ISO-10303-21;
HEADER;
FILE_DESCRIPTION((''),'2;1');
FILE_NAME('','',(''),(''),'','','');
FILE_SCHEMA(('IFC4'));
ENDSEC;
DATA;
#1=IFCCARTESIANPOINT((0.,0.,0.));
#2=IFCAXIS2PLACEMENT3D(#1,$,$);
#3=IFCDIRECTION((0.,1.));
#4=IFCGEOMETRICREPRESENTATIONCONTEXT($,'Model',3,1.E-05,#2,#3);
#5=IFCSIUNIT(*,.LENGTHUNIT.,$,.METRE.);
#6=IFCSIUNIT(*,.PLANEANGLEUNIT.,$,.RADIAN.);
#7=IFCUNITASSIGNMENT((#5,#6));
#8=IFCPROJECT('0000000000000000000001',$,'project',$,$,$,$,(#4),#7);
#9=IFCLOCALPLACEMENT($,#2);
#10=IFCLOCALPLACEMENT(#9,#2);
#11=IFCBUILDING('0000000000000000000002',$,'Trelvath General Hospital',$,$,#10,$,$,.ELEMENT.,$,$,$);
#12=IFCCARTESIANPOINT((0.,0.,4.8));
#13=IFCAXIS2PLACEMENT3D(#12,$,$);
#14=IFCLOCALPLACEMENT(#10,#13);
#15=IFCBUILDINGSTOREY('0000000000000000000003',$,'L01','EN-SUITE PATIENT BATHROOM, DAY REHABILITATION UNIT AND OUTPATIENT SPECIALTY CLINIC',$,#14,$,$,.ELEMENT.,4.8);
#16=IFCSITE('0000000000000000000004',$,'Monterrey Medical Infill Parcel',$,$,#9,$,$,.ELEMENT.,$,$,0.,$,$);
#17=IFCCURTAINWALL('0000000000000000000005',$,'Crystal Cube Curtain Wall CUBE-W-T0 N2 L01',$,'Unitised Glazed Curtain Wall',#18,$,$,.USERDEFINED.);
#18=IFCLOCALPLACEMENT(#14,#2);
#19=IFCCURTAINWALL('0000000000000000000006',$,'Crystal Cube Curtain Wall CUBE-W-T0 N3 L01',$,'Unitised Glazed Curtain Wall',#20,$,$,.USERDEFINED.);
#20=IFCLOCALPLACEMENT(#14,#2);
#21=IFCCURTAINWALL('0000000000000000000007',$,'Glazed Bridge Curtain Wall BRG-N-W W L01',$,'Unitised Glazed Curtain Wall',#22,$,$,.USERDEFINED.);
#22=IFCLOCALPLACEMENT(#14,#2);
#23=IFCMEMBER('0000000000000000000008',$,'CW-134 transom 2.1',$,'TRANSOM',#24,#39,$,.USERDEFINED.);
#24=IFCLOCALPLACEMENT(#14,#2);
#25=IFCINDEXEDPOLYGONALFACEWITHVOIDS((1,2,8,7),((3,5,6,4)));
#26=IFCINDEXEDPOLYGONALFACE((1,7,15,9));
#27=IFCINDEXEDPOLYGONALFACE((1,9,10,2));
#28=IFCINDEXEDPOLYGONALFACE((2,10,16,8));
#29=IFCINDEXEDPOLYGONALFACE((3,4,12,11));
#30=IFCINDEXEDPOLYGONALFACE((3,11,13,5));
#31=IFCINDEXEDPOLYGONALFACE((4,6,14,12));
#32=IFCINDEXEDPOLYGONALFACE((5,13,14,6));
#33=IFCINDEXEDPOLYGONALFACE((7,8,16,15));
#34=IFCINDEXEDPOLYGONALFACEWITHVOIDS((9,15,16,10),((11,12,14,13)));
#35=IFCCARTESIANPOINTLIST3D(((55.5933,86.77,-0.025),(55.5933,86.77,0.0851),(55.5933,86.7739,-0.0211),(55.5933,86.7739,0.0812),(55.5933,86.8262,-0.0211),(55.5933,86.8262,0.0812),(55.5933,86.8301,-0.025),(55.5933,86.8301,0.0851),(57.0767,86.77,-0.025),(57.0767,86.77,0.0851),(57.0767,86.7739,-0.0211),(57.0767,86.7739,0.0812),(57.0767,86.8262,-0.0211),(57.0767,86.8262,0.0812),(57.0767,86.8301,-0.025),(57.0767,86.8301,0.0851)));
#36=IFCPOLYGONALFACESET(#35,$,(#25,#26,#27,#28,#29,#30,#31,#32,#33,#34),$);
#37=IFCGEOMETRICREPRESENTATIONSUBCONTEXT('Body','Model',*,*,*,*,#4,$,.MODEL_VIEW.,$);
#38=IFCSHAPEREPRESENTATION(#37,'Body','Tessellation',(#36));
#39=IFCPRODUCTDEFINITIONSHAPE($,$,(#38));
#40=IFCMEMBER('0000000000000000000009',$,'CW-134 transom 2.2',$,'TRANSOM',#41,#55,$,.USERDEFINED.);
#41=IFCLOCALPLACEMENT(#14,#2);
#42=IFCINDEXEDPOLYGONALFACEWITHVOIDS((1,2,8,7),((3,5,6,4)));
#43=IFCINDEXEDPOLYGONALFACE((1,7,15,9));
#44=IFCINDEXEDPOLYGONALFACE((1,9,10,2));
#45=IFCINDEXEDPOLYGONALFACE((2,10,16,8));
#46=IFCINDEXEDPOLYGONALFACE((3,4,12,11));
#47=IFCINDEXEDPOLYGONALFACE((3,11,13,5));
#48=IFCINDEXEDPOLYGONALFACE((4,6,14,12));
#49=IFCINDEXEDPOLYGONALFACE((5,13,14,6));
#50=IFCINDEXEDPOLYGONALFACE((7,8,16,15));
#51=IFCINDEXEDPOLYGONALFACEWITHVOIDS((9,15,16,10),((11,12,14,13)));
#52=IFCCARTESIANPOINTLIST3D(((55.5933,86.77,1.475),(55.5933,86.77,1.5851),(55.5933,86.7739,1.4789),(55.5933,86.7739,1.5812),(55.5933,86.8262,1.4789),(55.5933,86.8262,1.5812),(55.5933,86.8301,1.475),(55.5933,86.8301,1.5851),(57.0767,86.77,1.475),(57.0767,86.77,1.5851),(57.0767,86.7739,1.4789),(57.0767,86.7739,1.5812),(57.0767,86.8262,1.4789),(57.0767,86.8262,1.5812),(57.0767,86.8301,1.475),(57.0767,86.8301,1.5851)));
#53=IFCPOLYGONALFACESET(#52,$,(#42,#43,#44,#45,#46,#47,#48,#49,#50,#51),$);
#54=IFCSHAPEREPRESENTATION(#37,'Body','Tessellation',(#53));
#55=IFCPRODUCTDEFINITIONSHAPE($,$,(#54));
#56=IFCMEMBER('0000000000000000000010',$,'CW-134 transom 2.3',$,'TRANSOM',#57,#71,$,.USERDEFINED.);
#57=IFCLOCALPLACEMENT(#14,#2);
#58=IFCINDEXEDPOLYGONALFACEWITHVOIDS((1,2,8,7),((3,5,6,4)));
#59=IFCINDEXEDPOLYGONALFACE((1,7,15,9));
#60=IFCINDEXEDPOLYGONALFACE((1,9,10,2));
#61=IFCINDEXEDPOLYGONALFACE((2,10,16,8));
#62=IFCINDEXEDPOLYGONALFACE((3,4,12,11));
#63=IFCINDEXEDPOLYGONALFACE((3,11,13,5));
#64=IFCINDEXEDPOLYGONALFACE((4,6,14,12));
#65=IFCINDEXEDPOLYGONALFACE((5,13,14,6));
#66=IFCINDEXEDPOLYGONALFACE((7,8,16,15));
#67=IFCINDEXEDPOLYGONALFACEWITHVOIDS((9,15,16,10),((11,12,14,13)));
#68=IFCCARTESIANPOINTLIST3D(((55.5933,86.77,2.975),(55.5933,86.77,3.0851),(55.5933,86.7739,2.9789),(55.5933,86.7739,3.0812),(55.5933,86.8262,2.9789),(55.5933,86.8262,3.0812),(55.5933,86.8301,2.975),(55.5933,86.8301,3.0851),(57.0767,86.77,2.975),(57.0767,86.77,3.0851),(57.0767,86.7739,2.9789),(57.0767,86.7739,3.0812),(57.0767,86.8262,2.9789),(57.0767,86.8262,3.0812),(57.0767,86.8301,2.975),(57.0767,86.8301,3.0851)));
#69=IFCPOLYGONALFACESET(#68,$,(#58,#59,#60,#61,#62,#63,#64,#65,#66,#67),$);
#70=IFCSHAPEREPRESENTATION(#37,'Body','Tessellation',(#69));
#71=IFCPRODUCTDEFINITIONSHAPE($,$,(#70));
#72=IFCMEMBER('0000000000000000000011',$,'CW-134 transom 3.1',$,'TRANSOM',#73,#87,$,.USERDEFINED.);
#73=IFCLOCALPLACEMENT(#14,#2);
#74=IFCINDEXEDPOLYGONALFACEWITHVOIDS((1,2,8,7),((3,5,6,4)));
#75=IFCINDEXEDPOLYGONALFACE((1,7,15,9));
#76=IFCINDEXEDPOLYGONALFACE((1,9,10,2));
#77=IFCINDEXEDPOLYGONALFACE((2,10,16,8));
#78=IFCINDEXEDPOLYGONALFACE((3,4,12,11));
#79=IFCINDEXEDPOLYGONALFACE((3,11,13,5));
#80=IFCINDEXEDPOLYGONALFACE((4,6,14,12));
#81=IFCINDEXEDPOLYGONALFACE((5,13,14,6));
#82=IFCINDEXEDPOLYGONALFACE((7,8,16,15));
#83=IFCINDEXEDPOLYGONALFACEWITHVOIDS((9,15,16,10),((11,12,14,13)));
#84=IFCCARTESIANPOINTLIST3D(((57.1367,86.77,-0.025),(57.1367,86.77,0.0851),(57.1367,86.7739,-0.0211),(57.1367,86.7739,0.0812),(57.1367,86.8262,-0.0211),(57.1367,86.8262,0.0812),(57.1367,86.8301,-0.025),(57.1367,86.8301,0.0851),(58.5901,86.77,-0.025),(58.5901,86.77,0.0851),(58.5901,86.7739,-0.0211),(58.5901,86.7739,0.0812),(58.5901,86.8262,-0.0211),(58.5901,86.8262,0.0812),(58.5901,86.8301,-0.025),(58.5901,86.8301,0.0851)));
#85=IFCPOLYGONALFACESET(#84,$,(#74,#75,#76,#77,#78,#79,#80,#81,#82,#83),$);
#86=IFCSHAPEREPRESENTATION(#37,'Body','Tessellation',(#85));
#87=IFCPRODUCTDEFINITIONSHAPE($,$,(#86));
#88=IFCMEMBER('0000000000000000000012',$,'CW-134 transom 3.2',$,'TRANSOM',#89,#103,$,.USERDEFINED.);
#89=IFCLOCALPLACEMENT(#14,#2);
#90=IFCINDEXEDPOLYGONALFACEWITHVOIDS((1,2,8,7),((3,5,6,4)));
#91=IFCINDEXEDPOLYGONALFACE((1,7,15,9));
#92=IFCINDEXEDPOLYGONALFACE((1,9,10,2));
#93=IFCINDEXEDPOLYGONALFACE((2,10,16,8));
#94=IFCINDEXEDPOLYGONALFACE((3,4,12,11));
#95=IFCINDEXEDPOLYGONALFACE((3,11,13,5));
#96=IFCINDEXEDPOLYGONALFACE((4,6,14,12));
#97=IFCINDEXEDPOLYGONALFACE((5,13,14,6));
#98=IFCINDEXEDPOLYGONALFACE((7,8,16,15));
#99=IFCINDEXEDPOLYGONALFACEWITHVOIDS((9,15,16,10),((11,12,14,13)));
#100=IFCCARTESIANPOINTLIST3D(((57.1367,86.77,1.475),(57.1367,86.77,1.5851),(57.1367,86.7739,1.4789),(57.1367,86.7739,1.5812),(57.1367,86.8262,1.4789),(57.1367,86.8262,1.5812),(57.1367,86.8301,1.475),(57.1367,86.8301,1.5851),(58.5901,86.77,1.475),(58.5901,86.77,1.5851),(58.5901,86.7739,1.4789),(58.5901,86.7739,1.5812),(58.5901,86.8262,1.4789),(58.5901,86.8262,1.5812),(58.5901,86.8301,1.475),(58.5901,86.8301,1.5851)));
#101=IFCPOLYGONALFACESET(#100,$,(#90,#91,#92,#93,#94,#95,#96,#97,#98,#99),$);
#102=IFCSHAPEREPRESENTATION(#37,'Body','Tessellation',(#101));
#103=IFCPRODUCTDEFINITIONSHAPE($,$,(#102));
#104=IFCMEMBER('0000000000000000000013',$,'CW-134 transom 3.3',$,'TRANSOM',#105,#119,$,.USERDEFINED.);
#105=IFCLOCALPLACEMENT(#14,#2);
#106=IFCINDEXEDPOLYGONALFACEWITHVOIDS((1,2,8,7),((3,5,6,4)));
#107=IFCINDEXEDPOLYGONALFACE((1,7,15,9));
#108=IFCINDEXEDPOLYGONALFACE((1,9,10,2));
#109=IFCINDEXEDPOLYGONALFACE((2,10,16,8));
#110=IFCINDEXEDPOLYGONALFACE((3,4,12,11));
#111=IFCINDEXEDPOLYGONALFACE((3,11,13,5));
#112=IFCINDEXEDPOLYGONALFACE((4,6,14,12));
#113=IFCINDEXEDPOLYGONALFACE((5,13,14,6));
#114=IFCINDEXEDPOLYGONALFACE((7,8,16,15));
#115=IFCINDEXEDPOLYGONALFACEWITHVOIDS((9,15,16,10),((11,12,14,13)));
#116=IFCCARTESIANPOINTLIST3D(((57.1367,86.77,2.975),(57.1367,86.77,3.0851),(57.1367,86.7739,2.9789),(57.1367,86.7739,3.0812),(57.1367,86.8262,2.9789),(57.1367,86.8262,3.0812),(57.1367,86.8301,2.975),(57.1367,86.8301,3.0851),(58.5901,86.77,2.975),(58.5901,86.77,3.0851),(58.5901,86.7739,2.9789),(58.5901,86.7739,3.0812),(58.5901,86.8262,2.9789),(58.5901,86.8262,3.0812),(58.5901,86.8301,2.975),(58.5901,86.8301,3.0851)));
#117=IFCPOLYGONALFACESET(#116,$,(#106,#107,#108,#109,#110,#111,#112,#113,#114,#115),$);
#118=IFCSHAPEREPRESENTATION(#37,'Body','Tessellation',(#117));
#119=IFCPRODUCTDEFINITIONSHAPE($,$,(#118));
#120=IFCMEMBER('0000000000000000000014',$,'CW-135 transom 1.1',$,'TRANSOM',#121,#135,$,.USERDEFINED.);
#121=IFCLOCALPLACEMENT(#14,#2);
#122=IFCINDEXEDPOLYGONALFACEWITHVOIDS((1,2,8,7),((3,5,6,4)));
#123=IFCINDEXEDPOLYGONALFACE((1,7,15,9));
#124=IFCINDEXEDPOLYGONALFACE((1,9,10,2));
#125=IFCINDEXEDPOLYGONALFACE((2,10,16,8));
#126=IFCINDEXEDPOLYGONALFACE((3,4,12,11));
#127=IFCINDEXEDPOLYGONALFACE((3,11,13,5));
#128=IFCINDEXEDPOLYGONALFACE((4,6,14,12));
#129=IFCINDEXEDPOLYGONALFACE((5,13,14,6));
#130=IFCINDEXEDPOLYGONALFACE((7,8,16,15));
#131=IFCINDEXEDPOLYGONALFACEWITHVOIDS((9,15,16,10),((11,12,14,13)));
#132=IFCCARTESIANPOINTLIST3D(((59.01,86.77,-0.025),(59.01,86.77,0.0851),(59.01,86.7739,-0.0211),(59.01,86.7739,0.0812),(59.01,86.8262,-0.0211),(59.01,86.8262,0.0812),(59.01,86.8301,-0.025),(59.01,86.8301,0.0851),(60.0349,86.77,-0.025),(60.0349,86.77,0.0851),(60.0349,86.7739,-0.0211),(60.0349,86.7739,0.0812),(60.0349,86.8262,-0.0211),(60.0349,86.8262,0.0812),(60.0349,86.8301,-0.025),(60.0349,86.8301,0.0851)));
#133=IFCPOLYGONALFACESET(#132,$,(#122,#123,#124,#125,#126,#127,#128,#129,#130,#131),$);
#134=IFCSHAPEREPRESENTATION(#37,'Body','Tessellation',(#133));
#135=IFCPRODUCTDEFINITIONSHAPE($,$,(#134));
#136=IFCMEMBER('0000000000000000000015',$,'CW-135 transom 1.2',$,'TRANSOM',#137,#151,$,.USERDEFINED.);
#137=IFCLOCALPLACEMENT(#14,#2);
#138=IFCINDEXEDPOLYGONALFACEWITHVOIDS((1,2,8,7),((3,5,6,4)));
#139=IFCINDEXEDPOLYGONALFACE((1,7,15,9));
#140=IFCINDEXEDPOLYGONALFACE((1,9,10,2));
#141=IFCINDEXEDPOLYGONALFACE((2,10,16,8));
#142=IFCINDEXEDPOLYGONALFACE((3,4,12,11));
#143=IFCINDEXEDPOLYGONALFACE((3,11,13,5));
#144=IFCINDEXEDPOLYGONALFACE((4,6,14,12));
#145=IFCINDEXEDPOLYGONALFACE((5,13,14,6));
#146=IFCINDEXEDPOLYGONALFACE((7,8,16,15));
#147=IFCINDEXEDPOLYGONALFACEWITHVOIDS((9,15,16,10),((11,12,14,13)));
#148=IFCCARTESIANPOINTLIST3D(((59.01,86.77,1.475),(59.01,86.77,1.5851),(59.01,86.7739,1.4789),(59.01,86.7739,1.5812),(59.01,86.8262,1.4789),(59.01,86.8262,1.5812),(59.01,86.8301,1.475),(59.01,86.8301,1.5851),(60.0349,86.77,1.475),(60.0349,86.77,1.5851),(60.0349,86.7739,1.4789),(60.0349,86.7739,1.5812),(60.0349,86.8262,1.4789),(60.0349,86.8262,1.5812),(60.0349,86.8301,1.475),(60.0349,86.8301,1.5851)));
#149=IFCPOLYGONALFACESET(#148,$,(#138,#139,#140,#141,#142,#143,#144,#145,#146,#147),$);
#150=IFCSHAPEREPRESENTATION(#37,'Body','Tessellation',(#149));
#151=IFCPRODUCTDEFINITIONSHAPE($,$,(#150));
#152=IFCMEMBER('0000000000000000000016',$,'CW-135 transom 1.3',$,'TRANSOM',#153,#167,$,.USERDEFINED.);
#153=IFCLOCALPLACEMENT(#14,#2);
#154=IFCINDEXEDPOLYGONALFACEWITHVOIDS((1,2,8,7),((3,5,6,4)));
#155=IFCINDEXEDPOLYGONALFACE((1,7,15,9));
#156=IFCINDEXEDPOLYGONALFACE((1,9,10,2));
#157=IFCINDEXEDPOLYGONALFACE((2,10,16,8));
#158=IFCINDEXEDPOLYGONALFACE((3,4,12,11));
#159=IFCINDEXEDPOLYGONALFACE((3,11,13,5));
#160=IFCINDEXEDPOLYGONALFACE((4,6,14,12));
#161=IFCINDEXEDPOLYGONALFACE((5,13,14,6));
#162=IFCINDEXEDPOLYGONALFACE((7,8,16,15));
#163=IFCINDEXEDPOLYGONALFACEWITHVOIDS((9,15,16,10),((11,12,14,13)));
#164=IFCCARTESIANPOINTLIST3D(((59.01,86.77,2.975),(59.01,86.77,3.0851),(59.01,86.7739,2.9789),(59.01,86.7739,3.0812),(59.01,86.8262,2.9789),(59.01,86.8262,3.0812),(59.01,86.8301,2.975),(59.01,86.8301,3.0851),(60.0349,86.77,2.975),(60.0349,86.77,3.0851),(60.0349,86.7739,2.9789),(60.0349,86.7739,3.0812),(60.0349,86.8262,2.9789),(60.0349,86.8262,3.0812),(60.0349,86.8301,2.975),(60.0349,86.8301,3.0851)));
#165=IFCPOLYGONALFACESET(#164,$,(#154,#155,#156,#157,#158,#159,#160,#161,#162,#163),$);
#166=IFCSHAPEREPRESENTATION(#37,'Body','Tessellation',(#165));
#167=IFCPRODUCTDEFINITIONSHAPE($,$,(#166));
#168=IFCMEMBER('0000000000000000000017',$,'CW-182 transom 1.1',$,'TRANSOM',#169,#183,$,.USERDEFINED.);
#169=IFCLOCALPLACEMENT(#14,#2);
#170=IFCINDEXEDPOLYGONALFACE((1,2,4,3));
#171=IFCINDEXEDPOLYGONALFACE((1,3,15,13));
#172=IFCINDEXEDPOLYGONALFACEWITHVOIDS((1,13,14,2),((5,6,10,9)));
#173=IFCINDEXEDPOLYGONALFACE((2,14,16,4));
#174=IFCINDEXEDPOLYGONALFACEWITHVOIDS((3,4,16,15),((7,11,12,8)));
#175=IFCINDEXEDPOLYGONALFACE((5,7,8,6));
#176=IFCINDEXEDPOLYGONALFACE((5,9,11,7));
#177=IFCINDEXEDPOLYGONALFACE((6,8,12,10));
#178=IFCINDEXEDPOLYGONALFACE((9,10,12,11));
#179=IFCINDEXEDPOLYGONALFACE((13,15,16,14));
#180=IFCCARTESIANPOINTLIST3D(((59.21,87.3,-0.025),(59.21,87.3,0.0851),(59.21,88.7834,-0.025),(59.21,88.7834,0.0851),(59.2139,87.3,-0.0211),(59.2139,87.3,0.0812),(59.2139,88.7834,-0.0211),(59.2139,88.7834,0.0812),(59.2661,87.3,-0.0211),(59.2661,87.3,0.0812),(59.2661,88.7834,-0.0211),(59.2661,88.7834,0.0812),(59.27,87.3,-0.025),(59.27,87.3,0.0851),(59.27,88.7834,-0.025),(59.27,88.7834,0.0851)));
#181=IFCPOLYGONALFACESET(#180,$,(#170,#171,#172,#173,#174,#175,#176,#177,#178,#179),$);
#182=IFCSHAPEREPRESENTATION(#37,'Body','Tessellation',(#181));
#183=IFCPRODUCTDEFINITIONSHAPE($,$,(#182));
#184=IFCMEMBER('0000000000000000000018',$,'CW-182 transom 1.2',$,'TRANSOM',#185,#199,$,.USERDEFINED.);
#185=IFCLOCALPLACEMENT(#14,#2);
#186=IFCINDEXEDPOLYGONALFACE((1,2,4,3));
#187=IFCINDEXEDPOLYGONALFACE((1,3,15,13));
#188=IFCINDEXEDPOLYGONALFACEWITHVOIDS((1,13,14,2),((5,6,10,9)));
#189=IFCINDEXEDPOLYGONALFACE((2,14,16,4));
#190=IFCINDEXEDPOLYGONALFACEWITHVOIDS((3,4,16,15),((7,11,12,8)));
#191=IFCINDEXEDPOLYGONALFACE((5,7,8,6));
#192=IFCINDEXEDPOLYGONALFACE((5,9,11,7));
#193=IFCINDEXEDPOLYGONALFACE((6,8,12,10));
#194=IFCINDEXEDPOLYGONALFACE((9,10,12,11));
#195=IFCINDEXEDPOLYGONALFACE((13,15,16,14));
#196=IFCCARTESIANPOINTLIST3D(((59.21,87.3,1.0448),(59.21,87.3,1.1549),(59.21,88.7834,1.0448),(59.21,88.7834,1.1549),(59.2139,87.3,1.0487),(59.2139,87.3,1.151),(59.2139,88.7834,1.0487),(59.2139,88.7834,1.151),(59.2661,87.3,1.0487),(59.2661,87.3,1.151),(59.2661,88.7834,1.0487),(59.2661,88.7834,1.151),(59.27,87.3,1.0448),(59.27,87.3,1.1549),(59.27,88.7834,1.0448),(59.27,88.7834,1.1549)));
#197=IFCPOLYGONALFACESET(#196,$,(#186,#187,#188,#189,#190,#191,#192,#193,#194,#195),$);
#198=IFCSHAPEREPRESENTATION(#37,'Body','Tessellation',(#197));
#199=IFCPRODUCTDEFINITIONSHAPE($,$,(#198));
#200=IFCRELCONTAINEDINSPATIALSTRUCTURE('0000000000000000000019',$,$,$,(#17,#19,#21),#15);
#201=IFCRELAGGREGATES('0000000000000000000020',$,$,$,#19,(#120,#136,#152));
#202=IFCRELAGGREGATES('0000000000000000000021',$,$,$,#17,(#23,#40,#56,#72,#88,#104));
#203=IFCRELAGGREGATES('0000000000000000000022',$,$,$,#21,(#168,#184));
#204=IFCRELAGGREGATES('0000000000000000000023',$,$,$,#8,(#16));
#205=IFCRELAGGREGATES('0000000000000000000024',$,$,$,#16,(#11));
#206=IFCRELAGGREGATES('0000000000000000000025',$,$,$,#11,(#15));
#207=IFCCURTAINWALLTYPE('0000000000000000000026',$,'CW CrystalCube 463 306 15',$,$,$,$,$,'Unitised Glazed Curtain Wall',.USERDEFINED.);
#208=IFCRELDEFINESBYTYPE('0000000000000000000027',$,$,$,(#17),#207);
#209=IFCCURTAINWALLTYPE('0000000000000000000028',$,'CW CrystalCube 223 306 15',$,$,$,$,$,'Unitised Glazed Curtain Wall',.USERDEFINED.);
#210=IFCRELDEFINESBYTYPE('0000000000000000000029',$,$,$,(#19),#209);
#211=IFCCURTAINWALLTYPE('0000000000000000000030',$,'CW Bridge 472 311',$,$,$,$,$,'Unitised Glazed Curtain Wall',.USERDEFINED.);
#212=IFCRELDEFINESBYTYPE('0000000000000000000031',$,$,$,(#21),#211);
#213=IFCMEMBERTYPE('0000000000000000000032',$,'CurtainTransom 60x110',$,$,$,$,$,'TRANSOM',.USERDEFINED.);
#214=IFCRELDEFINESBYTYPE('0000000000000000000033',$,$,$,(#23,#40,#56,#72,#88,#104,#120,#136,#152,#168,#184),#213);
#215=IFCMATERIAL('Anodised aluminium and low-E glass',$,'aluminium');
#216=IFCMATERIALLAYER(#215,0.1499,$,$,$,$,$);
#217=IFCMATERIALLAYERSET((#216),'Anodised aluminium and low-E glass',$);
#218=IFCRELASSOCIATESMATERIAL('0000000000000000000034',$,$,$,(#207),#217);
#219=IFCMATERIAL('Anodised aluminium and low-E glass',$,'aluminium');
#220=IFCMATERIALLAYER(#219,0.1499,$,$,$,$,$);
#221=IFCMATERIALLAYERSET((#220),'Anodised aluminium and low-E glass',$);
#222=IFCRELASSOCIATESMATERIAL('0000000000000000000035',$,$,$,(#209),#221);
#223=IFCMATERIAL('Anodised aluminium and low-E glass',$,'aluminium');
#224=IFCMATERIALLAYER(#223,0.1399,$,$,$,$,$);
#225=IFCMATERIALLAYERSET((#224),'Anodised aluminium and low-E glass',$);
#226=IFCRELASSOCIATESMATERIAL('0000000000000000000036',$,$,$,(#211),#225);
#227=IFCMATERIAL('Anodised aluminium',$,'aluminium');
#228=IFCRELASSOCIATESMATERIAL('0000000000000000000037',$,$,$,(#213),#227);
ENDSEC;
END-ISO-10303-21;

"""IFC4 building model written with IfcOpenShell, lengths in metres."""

from ifc_helpers import new_model, si_unit, direction, frame, origin, origin_2d, place, context, subcontext, project, spatial, hollow_rectangle, extrude, material, layer, layer_set, material_profile, profile_set, type_object, element, aggregate, save


model = new_model("IFC4")

# Units and contexts
model_context = context("Model", 3, precision=1e-05, world=origin(), true_north=direction((0.0, 1.0)))
body_context = subcontext(model_context, "Body", "Model", "MODEL_VIEW")
ifc_project = project(units=[si_unit("LENGTHUNIT", "METRE"), si_unit("PLANEANGLEUNIT", "RADIAN")], contexts=[model_context])

# Site, building, storey
site_placement = place(None, origin())
site = spatial("IfcSite", under=ifc_project, at=site_placement, Name="Monterrey Medical Infill Parcel", CompositionType="ELEMENT", RefElevation=0.0)
building_placement = place(site_placement, origin())
building = spatial("IfcBuilding", under=site, at=building_placement, Name="Trelvath General Hospital", CompositionType="ELEMENT")
storey_placement = place(building_placement, frame((0.0, 0.0, 4.8)))
storey = spatial("IfcBuildingStorey", under=building, at=storey_placement, Name="L01", Description="EN-SUITE PATIENT BATHROOM, DAY REHABILITATION UNIT AND OUTPATIENT SPECIALTY CLINIC", CompositionType="ELEMENT", Elevation=4.8)

# Curtain wall
ifc_material_1 = material(Name="Anodised aluminium and low-E glass", Category="aluminium")
ifc_layer_1 = layer(ifc_material_1, 0.1499)
ifc_layer_set_1 = layer_set([ifc_layer_1], Name="Anodised aluminium and low-E glass")
curtain_wall_type_1 = type_object("IfcCurtainWallType", Name="CW CrystalCube 463 306 15", ElementType="Unitised Glazed Curtain Wall", PredefinedType="USERDEFINED", material=ifc_layer_set_1)
curtain_wall_1_placement = place(storey_placement, origin())
curtain_wall_1 = element("IfcCurtainWall", 1, at=curtain_wall_1_placement, inside=storey, type_object=curtain_wall_type_1, Name="Crystal Cube Curtain Wall CUBE-W-T0 N2 L01", ObjectType="Unitised Glazed Curtain Wall", PredefinedType="USERDEFINED")

# Curtain wall
ifc_material_2 = material(Name="Anodised aluminium and low-E glass", Category="aluminium")
ifc_layer_2 = layer(ifc_material_2, 0.1499)
ifc_layer_set_2 = layer_set([ifc_layer_2], Name="Anodised aluminium and low-E glass")
curtain_wall_type_2 = type_object("IfcCurtainWallType", Name="CW CrystalCube 223 306 15", ElementType="Unitised Glazed Curtain Wall", PredefinedType="USERDEFINED", material=ifc_layer_set_2)
curtain_wall_2_placement = place(storey_placement, origin())
curtain_wall_2 = element("IfcCurtainWall", 2, at=curtain_wall_2_placement, inside=storey, type_object=curtain_wall_type_2, Name="Crystal Cube Curtain Wall CUBE-W-T0 N3 L01", ObjectType="Unitised Glazed Curtain Wall", PredefinedType="USERDEFINED")

# Curtain wall
ifc_material_3 = material(Name="Anodised aluminium and low-E glass", Category="aluminium")
ifc_layer_3 = layer(ifc_material_3, 0.1399)
ifc_layer_set_3 = layer_set([ifc_layer_3], Name="Anodised aluminium and low-E glass")
curtain_wall_type_3 = type_object("IfcCurtainWallType", Name="CW Bridge 472 311", ElementType="Unitised Glazed Curtain Wall", PredefinedType="USERDEFINED", material=ifc_layer_set_3)
curtain_wall_3_placement = place(storey_placement, origin())
curtain_wall_3 = element("IfcCurtainWall", 3, at=curtain_wall_3_placement, inside=storey, type_object=curtain_wall_type_3, Name="Glazed Bridge Curtain Wall BRG-N-W W L01", ObjectType="Unitised Glazed Curtain Wall", PredefinedType="USERDEFINED")

# Members
ifc_material_4 = material(Name="Anodised aluminium", Category="aluminium")
ifc_material_profile_1 = material_profile(ifc_material_4, hollow_rectangle(XDim=0.0601, YDim=0.1101, WallThickness=0.0039, at=origin_2d()), Name="RHS60x110x4")
ifc_profile_set_1 = profile_set([ifc_material_profile_1], Name="Anodised aluminium")
member_type_1 = type_object("IfcMemberType", Name="CurtainTransom 60x110", ElementType="TRANSOM", PredefinedType="USERDEFINED", material=ifc_profile_set_1)
member_1_placement = place(storey_placement, frame((55.5933, 86.8, 0.03), z_axis=(1.0, 0.0, 0.0), x_axis=(0.0, 1.0, 0.0)))
member_1 = element("IfcMember", 4, at=member_1_placement, type_object=member_type_1, Name="CW-134 transom 2.1", ObjectType="TRANSOM", PredefinedType="USERDEFINED", context=body_context, shape_type="SweptSolid", body=[
    extrude(hollow_rectangle(XDim=0.0601, YDim=0.1101, WallThickness=0.0039, at=origin_2d()), origin(), (0.0, 0.0, 1.0), 1.4834),
])
member_2_placement = place(storey_placement, frame((55.5933, 86.8, 1.53), z_axis=(1.0, 0.0, 0.0), x_axis=(0.0, 1.0, 0.0)))
member_2 = element("IfcMember", 5, at=member_2_placement, type_object=member_type_1, Name="CW-134 transom 2.2", ObjectType="TRANSOM", PredefinedType="USERDEFINED", context=body_context, shape_type="SweptSolid", body=[
    extrude(hollow_rectangle(XDim=0.0601, YDim=0.1101, WallThickness=0.0039, at=origin_2d()), origin(), (0.0, 0.0, 1.0), 1.4834),
])
member_3_placement = place(storey_placement, frame((55.5933, 86.8, 3.03), z_axis=(1.0, 0.0, 0.0), x_axis=(0.0, 1.0, 0.0)))
member_3 = element("IfcMember", 6, at=member_3_placement, type_object=member_type_1, Name="CW-134 transom 2.3", ObjectType="TRANSOM", PredefinedType="USERDEFINED", context=body_context, shape_type="SweptSolid", body=[
    extrude(hollow_rectangle(XDim=0.0601, YDim=0.1101, WallThickness=0.0039, at=origin_2d()), origin(), (0.0, 0.0, 1.0), 1.4834),
])
member_4_placement = place(storey_placement, frame((57.1367, 86.8, 0.03), z_axis=(1.0, 0.0, 0.0), x_axis=(0.0, 1.0, 0.0)))
member_4 = element("IfcMember", 7, at=member_4_placement, type_object=member_type_1, Name="CW-134 transom 3.1", ObjectType="TRANSOM", PredefinedType="USERDEFINED", context=body_context, shape_type="SweptSolid", body=[
    extrude(hollow_rectangle(XDim=0.0601, YDim=0.1101, WallThickness=0.0039, at=origin_2d()), origin(), (0.0, 0.0, 1.0), 1.4534),
])
member_5_placement = place(storey_placement, frame((57.1367, 86.8, 1.53), z_axis=(1.0, 0.0, 0.0), x_axis=(0.0, 1.0, 0.0)))
member_5 = element("IfcMember", 8, at=member_5_placement, type_object=member_type_1, Name="CW-134 transom 3.2", ObjectType="TRANSOM", PredefinedType="USERDEFINED", context=body_context, shape_type="SweptSolid", body=[
    extrude(hollow_rectangle(XDim=0.0601, YDim=0.1101, WallThickness=0.0039, at=origin_2d()), origin(), (0.0, 0.0, 1.0), 1.4534),
])
member_6_placement = place(storey_placement, frame((57.1367, 86.8, 3.03), z_axis=(1.0, 0.0, 0.0), x_axis=(0.0, 1.0, 0.0)))
member_6 = element("IfcMember", 9, at=member_6_placement, type_object=member_type_1, Name="CW-134 transom 3.3", ObjectType="TRANSOM", PredefinedType="USERDEFINED", context=body_context, shape_type="SweptSolid", body=[
    extrude(hollow_rectangle(XDim=0.0601, YDim=0.1101, WallThickness=0.0039, at=origin_2d()), origin(), (0.0, 0.0, 1.0), 1.4534),
])
member_7_placement = place(storey_placement, frame((59.01, 86.8, 0.03), z_axis=(1.0, 0.0, 0.0), x_axis=(0.0, 1.0, 0.0)))
member_7 = element("IfcMember", 10, at=member_7_placement, type_object=member_type_1, Name="CW-135 transom 1.1", ObjectType="TRANSOM", PredefinedType="USERDEFINED", context=body_context, shape_type="SweptSolid", body=[
    extrude(hollow_rectangle(XDim=0.0601, YDim=0.1101, WallThickness=0.0039, at=origin_2d()), origin(), (0.0, 0.0, 1.0), 1.0249),
])
member_8_placement = place(storey_placement, frame((59.01, 86.8, 1.53), z_axis=(1.0, 0.0, 0.0), x_axis=(0.0, 1.0, 0.0)))
member_8 = element("IfcMember", 11, at=member_8_placement, type_object=member_type_1, Name="CW-135 transom 1.2", ObjectType="TRANSOM", PredefinedType="USERDEFINED", context=body_context, shape_type="SweptSolid", body=[
    extrude(hollow_rectangle(XDim=0.0601, YDim=0.1101, WallThickness=0.0039, at=origin_2d()), origin(), (0.0, 0.0, 1.0), 1.0249),
])
member_9_placement = place(storey_placement, frame((59.01, 86.8, 3.03), z_axis=(1.0, 0.0, 0.0), x_axis=(0.0, 1.0, 0.0)))
member_9 = element("IfcMember", 12, at=member_9_placement, type_object=member_type_1, Name="CW-135 transom 1.3", ObjectType="TRANSOM", PredefinedType="USERDEFINED", context=body_context, shape_type="SweptSolid", body=[
    extrude(hollow_rectangle(XDim=0.0601, YDim=0.1101, WallThickness=0.0039, at=origin_2d()), origin(), (0.0, 0.0, 1.0), 1.0249),
])
aggregate(curtain_wall_2, [member_7, member_8, member_9])
member_10_placement = place(storey_placement, frame((59.24, 87.3, 0.03), z_axis=(0.0, 1.0, 0.0), x_axis=(-1.0, 0.0, 0.0)))
member_10 = element("IfcMember", 13, at=member_10_placement, type_object=member_type_1, Name="CW-182 transom 1.1", ObjectType="TRANSOM", PredefinedType="USERDEFINED", context=body_context, shape_type="SweptSolid", body=[
    extrude(hollow_rectangle(XDim=0.0601, YDim=0.1101, WallThickness=0.0039, at=origin_2d()), origin(), (0.0, 0.0, 1.0), 1.4834),
])
member_11_placement = place(storey_placement, frame((59.24, 87.3, 1.0999), z_axis=(0.0, 1.0, 0.0), x_axis=(-1.0, 0.0, 0.0)))
member_11 = element("IfcMember", 14, at=member_11_placement, type_object=member_type_1, Name="CW-182 transom 1.2", ObjectType="TRANSOM", PredefinedType="USERDEFINED", context=body_context, shape_type="SweptSolid", body=[
    extrude(hollow_rectangle(XDim=0.0601, YDim=0.1101, WallThickness=0.0039, at=origin_2d()), origin(), (0.0, 0.0, 1.0), 1.4834),
])

aggregate(curtain_wall_1, [member_1, member_2, member_3, member_4, member_5, member_6])
aggregate(curtain_wall_3, [member_10, member_11])

save(model, "model.ifc")
